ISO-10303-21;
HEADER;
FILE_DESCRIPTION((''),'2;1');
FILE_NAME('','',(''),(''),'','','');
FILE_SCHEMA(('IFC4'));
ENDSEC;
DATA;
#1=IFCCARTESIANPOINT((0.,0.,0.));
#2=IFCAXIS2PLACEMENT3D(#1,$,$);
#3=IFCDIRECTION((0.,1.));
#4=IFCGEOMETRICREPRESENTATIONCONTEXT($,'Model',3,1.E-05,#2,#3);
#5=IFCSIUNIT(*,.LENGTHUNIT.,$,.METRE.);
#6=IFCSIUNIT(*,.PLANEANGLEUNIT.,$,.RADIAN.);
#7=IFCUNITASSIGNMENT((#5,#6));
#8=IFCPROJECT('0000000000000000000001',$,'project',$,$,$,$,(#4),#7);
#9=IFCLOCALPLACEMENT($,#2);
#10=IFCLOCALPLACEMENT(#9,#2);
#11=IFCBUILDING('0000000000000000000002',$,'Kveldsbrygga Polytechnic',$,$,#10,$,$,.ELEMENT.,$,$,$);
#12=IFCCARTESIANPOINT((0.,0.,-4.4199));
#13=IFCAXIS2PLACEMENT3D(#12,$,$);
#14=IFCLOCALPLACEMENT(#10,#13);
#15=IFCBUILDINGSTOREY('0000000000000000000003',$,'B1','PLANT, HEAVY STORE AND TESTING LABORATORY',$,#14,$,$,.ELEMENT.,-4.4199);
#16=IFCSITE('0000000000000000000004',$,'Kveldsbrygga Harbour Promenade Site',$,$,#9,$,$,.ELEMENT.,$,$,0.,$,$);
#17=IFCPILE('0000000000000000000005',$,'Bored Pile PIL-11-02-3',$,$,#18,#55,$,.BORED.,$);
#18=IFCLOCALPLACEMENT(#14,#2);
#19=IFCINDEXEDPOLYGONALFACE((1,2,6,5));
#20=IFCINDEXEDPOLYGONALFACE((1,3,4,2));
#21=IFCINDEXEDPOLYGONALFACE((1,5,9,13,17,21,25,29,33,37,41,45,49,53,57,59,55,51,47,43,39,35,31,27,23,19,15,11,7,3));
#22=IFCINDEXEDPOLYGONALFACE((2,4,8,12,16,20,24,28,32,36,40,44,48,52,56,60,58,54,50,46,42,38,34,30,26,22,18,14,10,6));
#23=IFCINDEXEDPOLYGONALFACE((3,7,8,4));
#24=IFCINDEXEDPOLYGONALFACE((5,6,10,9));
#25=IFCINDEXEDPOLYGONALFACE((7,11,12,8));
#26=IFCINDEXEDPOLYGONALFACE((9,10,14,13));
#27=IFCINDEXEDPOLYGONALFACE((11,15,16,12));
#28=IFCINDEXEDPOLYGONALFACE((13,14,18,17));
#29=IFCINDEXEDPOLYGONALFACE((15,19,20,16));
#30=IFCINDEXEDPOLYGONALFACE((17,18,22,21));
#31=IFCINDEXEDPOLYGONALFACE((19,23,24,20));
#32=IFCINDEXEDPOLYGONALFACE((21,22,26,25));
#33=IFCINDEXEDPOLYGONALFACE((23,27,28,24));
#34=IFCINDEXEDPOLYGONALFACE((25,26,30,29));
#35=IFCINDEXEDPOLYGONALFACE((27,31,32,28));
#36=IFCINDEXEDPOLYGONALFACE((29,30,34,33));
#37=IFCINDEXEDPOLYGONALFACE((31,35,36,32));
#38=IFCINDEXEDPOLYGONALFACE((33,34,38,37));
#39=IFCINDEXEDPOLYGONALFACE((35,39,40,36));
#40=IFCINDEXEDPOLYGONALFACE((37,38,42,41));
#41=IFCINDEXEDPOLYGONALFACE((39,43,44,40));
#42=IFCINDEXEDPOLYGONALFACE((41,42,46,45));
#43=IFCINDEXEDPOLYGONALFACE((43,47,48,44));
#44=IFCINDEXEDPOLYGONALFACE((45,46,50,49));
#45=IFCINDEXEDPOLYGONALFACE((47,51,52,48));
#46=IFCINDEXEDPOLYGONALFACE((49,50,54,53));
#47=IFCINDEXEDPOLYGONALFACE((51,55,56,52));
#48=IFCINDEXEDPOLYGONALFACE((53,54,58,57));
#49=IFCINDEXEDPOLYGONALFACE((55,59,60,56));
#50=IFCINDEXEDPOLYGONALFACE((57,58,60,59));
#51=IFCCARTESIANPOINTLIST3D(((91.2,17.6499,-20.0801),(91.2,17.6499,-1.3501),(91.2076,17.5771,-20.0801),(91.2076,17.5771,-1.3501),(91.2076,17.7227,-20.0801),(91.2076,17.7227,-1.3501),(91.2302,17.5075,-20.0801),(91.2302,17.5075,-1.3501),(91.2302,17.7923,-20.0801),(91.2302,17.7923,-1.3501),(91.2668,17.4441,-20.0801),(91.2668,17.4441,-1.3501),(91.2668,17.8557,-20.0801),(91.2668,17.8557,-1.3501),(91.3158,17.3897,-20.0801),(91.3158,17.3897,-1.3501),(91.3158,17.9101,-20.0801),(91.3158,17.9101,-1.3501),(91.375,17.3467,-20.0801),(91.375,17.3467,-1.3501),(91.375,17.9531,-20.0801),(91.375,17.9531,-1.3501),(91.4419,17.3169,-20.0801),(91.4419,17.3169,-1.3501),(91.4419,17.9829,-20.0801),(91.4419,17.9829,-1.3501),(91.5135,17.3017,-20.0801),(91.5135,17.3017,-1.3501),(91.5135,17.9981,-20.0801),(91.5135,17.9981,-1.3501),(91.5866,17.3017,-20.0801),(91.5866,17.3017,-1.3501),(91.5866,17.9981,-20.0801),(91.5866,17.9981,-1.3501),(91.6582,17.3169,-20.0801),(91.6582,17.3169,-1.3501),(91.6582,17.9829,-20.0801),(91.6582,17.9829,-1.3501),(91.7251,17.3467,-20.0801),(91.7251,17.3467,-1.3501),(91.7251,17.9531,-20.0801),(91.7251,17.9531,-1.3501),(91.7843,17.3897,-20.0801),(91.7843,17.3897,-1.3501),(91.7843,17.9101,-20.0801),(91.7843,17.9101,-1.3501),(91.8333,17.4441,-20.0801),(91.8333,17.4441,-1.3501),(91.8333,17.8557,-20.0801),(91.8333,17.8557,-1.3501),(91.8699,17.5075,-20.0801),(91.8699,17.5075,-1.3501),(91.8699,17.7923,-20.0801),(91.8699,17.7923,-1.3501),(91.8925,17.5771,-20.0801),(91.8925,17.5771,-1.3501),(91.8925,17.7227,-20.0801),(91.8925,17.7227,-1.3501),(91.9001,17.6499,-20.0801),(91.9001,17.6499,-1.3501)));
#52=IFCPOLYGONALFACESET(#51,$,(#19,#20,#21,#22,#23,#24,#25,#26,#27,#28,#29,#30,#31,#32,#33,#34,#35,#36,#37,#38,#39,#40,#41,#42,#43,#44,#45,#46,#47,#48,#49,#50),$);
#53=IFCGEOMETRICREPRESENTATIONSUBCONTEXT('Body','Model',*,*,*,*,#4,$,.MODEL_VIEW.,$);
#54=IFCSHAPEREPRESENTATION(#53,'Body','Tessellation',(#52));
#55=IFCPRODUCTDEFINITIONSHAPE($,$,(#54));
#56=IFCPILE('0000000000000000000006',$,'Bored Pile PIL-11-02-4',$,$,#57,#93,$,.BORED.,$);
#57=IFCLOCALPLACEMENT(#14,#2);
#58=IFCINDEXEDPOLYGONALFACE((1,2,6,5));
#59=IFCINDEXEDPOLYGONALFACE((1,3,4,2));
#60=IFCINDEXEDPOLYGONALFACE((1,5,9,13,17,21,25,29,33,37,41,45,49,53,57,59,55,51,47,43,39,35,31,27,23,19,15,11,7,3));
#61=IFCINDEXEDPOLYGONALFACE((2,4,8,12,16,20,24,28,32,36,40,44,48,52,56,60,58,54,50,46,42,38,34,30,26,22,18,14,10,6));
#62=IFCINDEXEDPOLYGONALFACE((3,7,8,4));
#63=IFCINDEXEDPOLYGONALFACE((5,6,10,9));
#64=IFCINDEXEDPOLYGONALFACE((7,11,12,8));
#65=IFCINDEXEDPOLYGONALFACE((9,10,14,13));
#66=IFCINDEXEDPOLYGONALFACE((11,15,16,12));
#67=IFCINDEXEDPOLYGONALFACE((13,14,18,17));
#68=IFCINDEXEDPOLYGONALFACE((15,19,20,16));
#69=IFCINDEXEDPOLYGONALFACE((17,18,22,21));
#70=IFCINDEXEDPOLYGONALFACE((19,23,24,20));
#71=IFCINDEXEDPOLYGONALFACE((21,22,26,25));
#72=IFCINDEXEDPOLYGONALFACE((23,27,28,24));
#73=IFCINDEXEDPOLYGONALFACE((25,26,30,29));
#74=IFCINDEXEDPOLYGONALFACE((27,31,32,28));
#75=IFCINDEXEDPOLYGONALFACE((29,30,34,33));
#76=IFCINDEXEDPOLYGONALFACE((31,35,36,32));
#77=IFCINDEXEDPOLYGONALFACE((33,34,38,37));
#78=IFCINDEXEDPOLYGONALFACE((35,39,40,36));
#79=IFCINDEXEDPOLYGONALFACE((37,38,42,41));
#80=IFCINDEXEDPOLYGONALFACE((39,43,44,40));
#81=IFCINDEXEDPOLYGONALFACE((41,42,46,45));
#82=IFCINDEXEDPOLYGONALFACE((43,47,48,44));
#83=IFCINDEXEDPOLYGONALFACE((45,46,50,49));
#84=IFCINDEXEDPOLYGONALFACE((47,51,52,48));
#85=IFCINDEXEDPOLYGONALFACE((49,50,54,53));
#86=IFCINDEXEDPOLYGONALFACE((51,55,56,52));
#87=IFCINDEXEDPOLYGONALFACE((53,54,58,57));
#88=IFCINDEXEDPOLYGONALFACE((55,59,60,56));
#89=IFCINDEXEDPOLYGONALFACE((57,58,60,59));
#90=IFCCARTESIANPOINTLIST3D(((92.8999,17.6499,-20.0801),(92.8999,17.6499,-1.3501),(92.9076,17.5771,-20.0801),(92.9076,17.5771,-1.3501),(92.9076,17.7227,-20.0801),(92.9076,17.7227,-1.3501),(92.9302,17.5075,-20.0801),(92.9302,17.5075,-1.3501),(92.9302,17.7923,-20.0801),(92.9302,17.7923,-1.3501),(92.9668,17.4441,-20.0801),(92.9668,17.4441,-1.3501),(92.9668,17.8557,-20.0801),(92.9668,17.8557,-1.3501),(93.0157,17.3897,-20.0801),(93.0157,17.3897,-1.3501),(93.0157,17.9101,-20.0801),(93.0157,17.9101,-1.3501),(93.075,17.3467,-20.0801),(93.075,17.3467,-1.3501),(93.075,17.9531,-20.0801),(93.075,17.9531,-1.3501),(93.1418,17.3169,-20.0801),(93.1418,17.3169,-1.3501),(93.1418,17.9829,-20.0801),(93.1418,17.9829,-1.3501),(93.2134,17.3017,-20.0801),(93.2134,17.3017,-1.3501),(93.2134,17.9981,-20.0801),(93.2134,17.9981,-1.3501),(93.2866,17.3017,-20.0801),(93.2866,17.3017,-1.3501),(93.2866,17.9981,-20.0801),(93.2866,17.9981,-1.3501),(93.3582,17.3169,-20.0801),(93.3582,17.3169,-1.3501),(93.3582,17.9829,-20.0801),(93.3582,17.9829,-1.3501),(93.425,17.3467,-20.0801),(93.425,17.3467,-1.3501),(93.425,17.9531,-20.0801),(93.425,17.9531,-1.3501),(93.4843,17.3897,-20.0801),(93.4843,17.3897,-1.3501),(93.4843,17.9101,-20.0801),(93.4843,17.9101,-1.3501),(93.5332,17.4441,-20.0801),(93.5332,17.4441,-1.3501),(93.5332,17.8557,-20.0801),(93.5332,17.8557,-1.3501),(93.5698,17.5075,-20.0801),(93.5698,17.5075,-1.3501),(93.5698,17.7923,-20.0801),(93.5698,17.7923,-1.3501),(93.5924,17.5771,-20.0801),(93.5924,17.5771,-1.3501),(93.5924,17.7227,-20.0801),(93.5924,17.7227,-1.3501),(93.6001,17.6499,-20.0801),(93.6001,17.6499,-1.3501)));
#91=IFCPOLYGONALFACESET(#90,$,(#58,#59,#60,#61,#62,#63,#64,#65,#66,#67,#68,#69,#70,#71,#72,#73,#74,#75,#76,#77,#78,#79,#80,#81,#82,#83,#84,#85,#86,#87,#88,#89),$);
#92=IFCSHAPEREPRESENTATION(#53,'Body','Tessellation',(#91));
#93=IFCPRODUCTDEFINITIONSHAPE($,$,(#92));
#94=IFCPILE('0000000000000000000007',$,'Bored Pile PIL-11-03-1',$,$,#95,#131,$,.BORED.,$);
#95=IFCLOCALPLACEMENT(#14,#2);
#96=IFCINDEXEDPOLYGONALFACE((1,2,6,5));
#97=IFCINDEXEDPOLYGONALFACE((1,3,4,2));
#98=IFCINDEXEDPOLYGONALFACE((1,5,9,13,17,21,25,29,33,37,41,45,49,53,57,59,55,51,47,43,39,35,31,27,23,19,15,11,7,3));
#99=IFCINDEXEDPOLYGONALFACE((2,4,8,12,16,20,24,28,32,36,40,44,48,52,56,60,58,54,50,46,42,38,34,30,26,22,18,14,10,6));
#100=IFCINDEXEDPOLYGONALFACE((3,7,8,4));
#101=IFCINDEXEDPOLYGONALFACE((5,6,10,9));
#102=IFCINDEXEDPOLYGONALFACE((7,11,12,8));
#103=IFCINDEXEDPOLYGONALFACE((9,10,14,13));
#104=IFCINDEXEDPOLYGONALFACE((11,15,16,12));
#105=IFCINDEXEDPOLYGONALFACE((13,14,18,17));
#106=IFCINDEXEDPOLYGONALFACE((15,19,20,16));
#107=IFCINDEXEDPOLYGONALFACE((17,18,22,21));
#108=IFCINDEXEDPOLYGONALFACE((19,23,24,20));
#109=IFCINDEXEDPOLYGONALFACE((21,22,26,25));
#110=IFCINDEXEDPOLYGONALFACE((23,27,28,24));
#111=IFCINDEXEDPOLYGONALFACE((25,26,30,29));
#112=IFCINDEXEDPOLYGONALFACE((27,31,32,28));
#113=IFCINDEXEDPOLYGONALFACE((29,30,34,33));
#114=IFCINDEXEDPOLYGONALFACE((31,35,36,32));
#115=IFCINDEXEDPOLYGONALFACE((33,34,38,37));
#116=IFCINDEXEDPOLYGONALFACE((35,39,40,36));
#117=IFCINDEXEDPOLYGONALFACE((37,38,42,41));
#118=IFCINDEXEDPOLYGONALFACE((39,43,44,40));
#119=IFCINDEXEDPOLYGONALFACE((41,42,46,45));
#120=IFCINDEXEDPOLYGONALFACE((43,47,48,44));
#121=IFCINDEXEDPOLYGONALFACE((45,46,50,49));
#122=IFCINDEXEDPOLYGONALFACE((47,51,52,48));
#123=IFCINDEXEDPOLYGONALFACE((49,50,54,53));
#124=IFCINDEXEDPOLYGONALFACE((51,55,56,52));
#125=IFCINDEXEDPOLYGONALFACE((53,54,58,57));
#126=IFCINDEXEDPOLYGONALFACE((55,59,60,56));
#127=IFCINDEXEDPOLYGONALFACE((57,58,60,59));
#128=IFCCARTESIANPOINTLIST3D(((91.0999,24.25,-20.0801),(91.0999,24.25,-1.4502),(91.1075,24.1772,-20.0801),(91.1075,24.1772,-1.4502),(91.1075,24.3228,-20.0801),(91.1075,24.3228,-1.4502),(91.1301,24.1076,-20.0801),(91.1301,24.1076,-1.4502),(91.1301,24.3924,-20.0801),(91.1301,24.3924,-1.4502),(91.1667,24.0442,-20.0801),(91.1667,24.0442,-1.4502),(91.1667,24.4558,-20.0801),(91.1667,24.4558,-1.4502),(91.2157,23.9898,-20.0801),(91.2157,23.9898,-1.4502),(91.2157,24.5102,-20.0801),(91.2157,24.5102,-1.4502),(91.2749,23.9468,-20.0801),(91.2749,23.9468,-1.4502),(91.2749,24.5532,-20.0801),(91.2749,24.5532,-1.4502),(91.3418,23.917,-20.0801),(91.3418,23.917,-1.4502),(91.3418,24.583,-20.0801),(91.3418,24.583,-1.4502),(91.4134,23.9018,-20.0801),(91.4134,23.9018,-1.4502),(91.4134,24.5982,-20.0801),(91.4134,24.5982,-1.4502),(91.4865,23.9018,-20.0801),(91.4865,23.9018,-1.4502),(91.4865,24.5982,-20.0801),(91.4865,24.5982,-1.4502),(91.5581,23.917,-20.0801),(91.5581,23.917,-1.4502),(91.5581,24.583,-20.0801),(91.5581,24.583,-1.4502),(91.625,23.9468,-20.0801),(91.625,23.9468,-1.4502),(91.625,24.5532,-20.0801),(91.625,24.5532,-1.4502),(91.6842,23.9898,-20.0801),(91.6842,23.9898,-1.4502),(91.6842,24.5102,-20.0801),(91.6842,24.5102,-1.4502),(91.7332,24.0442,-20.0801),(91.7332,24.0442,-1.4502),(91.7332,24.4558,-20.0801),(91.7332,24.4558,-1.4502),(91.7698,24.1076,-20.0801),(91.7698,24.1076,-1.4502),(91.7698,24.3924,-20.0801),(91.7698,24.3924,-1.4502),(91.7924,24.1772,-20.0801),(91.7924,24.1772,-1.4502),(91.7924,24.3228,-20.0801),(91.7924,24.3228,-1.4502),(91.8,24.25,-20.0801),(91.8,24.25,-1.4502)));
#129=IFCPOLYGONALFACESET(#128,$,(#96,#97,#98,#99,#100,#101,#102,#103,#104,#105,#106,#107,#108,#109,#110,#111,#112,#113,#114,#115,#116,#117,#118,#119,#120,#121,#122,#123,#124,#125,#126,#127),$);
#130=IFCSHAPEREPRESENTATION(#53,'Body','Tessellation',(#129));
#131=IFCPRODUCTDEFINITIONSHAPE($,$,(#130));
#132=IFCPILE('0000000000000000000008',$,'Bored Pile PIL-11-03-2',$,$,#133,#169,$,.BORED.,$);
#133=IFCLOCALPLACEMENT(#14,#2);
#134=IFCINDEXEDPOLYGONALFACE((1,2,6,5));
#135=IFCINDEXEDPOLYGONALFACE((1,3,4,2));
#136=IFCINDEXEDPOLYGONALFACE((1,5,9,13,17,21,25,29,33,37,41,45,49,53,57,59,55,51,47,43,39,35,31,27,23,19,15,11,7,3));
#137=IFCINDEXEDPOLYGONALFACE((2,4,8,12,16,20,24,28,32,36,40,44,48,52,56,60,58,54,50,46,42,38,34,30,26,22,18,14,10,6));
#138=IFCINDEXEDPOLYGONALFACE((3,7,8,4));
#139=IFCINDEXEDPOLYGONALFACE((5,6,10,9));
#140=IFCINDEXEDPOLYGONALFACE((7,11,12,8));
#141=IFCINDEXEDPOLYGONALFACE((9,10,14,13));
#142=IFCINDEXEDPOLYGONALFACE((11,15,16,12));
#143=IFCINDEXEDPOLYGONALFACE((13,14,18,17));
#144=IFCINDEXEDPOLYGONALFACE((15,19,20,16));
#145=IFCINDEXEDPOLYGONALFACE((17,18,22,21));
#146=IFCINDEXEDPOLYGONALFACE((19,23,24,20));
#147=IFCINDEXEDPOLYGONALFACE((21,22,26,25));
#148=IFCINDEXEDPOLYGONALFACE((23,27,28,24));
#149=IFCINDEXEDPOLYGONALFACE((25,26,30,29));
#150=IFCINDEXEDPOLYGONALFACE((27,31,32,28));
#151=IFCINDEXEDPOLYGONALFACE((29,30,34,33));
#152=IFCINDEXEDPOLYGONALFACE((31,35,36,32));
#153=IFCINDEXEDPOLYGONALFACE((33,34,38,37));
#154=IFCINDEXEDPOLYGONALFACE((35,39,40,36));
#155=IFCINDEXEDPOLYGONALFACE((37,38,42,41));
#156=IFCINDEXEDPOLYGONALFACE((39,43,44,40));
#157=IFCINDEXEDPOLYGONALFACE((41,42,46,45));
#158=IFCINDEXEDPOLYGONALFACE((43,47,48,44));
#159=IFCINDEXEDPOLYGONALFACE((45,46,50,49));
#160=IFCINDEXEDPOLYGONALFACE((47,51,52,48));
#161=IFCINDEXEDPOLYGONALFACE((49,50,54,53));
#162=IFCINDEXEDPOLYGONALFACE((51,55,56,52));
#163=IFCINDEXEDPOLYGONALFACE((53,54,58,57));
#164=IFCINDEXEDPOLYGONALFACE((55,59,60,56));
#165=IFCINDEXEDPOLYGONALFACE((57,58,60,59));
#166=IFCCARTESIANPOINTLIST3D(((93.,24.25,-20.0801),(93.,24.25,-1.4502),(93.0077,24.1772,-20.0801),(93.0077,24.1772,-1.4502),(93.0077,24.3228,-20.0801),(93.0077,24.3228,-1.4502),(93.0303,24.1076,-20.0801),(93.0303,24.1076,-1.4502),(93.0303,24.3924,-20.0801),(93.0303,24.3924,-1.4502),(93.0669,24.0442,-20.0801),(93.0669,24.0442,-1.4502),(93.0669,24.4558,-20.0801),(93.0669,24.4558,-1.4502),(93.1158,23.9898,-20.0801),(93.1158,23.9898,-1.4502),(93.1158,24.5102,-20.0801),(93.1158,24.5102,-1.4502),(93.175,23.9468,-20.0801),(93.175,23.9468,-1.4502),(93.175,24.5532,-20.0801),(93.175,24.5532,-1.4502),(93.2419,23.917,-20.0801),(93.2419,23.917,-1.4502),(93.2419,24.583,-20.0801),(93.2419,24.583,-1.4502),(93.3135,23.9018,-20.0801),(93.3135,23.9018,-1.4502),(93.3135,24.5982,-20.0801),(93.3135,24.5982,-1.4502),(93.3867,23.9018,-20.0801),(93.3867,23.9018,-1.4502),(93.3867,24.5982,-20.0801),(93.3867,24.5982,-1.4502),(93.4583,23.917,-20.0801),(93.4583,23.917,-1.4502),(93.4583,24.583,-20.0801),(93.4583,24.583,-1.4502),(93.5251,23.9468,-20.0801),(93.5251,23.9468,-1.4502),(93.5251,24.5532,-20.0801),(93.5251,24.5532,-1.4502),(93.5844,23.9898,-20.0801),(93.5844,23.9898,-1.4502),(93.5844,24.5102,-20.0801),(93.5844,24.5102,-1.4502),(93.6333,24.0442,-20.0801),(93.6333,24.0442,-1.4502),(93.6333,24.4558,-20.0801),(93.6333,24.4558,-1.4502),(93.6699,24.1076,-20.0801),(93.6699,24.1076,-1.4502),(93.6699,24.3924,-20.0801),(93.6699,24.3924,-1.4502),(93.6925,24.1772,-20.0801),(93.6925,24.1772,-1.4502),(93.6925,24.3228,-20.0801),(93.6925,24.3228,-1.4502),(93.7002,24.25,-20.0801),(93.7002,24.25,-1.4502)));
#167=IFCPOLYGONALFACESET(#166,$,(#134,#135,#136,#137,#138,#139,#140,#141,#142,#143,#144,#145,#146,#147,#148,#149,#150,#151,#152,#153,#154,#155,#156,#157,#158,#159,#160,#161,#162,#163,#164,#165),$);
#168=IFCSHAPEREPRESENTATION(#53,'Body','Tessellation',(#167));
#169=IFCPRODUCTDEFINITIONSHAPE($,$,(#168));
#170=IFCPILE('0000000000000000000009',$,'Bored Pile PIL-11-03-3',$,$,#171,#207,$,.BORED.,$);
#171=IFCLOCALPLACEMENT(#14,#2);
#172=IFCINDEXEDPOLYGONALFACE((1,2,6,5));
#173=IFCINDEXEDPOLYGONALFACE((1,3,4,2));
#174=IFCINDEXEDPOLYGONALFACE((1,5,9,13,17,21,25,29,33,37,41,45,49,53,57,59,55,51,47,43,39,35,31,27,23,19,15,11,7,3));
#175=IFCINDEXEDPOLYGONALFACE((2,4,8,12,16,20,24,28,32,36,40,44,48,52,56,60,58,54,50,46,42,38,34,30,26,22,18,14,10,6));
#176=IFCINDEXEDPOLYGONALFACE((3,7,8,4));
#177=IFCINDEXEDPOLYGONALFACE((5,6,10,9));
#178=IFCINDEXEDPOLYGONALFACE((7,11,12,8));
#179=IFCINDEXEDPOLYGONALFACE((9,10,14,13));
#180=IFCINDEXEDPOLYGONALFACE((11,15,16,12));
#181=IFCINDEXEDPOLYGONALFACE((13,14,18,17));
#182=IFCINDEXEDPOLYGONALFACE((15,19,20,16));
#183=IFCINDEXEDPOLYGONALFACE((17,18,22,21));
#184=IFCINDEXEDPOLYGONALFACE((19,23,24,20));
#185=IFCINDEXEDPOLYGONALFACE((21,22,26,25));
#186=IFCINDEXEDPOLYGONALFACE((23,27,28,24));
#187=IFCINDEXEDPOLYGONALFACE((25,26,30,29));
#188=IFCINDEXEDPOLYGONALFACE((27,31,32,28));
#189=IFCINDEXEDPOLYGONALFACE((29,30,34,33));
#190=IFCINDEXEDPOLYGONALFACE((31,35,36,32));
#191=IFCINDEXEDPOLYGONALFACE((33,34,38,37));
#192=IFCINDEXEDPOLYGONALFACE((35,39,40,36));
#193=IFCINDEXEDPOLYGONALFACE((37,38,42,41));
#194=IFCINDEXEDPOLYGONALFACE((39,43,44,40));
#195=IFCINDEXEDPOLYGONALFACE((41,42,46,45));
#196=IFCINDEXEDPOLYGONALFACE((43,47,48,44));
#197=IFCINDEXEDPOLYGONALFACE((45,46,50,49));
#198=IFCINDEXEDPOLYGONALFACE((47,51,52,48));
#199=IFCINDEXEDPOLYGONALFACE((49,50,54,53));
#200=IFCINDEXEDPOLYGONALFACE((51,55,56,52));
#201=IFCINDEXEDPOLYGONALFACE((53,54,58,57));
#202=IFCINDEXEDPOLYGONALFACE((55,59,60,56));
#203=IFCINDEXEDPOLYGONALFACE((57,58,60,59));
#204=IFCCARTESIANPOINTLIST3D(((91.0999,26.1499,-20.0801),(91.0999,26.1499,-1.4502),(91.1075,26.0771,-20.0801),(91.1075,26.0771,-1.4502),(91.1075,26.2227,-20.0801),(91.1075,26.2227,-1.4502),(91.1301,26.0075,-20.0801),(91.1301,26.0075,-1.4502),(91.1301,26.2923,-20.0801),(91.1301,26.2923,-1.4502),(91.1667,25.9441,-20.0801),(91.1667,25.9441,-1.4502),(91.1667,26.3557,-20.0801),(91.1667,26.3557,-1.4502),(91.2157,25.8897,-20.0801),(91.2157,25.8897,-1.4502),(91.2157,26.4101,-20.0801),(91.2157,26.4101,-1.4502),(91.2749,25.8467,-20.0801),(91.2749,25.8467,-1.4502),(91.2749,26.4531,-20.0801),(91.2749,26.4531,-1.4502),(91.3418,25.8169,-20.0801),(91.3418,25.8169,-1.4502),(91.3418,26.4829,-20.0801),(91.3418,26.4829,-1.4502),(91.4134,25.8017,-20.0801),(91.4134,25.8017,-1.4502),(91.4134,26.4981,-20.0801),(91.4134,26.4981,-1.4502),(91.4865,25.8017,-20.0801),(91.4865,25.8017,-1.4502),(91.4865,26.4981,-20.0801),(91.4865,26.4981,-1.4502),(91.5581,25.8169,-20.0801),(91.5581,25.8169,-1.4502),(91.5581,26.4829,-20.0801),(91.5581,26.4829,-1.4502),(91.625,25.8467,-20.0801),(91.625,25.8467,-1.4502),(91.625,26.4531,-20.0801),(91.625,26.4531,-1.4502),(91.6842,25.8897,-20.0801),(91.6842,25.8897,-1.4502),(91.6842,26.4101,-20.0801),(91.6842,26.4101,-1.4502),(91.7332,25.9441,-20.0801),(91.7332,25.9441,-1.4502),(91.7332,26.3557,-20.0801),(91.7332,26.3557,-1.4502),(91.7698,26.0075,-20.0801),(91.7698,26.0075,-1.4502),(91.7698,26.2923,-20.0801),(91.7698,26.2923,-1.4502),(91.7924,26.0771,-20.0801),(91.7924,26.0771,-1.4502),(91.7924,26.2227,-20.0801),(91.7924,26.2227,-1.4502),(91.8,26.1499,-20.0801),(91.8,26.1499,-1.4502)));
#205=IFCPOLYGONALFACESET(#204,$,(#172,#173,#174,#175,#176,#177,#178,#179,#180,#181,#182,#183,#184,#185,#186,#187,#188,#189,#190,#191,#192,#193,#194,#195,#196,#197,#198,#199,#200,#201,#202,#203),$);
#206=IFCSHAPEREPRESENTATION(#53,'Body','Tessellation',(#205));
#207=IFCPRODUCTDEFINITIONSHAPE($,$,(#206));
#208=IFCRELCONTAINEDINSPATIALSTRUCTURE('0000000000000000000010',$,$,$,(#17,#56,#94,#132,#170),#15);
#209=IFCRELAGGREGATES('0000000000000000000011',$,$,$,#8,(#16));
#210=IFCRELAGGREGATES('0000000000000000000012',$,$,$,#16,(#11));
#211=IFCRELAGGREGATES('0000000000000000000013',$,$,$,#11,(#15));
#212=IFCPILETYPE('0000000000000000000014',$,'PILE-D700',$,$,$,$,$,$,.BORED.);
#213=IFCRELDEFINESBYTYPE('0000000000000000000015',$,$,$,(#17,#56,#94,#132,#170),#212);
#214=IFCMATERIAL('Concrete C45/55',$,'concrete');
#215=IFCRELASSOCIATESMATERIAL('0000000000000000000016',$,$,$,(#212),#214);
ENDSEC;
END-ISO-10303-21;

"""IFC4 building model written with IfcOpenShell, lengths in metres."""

from ifc_helpers import new_model, si_unit, direction, frame, origin, origin_2d, place, context, subcontext, project, spatial, circle, extrude, material, material_profile, profile_set, type_object, element, save


model = new_model("IFC4")

# Units and contexts
model_context = context("Model", 3, precision=1e-05, world=origin(), true_north=direction((0.0, 1.0)))
body_context = subcontext(model_context, "Body", "Model", "MODEL_VIEW")
ifc_project = project(units=[si_unit("LENGTHUNIT", "METRE"), si_unit("PLANEANGLEUNIT", "RADIAN")], contexts=[model_context])

# Site, building, storey
site_placement = place(None, origin())
site = spatial("IfcSite", under=ifc_project, at=site_placement, Name="Kveldsbrygga Harbour Promenade Site", CompositionType="ELEMENT", RefElevation=0.0)
building_placement = place(site_placement, origin())
building = spatial("IfcBuilding", under=site, at=building_placement, Name="Kveldsbrygga Polytechnic", CompositionType="ELEMENT")
storey_placement = place(building_placement, frame((0.0, 0.0, -4.4199)))
storey = spatial("IfcBuildingStorey", under=building, at=storey_placement, Name="B1", Description="PLANT, HEAVY STORE AND TESTING LABORATORY", CompositionType="ELEMENT", Elevation=-4.4199)

# Shared definitions
ifc_material_1 = material(Name="Concrete C45/55", Category="concrete")

# Piles
ifc_material_profile_1 = material_profile(ifc_material_1, circle(Radius=0.3501, at=origin_2d()), Name="PILE D700")
ifc_profile_set_1 = profile_set([ifc_material_profile_1], Name="Concrete C45/55")
pile_type = type_object("IfcPileType", Name="PILE-D700", PredefinedType="BORED", material=ifc_profile_set_1)
for number, where, z_axis, x_axis, name in (
    (1, (91.55, 17.6499, -1.3501), (0.0, 0.0, -1.0), (1.0, 0.0, 0.0), "Bored Pile PIL-11-02-3"),
    (2, (93.25, 17.6499, -1.3501), (0.0, 0.0, -1.0), (1.0, 0.0, 0.0), "Bored Pile PIL-11-02-4"),
):
    element("IfcPile", number, at=place(storey_placement, frame(where, z_axis=z_axis, x_axis=x_axis)), inside=storey, type_object=pile_type, Name=name, PredefinedType="BORED", context=body_context, shape_type="SweptSolid", body=[
        extrude(circle(Radius=0.3501, at=origin_2d()), origin(), (0.0, 0.0, 1.0), 18.73),
    ])
for number, where, z_axis, x_axis, name in (
    (3, (91.45, 24.25, -1.4502), (0.0, 0.0, -1.0), (1.0, 0.0, 0.0), "Bored Pile PIL-11-03-1"),
    (4, (93.3501, 24.25, -1.4502), (0.0, 0.0, -1.0), (1.0, 0.0, 0.0), "Bored Pile PIL-11-03-2"),
    (5, (91.45, 26.1499, -1.4502), (0.0, 0.0, -1.0), (1.0, 0.0, 0.0), "Bored Pile PIL-11-03-3"),
):
    element("IfcPile", number, at=place(storey_placement, frame(where, z_axis=z_axis, x_axis=x_axis)), inside=storey, type_object=pile_type, Name=name, PredefinedType="BORED", context=body_context, shape_type="SweptSolid", body=[
        extrude(circle(Radius=0.3501, at=origin_2d()), origin(), (0.0, 0.0, 1.0), 18.6299),
    ])

save(model, "model.ifc")
